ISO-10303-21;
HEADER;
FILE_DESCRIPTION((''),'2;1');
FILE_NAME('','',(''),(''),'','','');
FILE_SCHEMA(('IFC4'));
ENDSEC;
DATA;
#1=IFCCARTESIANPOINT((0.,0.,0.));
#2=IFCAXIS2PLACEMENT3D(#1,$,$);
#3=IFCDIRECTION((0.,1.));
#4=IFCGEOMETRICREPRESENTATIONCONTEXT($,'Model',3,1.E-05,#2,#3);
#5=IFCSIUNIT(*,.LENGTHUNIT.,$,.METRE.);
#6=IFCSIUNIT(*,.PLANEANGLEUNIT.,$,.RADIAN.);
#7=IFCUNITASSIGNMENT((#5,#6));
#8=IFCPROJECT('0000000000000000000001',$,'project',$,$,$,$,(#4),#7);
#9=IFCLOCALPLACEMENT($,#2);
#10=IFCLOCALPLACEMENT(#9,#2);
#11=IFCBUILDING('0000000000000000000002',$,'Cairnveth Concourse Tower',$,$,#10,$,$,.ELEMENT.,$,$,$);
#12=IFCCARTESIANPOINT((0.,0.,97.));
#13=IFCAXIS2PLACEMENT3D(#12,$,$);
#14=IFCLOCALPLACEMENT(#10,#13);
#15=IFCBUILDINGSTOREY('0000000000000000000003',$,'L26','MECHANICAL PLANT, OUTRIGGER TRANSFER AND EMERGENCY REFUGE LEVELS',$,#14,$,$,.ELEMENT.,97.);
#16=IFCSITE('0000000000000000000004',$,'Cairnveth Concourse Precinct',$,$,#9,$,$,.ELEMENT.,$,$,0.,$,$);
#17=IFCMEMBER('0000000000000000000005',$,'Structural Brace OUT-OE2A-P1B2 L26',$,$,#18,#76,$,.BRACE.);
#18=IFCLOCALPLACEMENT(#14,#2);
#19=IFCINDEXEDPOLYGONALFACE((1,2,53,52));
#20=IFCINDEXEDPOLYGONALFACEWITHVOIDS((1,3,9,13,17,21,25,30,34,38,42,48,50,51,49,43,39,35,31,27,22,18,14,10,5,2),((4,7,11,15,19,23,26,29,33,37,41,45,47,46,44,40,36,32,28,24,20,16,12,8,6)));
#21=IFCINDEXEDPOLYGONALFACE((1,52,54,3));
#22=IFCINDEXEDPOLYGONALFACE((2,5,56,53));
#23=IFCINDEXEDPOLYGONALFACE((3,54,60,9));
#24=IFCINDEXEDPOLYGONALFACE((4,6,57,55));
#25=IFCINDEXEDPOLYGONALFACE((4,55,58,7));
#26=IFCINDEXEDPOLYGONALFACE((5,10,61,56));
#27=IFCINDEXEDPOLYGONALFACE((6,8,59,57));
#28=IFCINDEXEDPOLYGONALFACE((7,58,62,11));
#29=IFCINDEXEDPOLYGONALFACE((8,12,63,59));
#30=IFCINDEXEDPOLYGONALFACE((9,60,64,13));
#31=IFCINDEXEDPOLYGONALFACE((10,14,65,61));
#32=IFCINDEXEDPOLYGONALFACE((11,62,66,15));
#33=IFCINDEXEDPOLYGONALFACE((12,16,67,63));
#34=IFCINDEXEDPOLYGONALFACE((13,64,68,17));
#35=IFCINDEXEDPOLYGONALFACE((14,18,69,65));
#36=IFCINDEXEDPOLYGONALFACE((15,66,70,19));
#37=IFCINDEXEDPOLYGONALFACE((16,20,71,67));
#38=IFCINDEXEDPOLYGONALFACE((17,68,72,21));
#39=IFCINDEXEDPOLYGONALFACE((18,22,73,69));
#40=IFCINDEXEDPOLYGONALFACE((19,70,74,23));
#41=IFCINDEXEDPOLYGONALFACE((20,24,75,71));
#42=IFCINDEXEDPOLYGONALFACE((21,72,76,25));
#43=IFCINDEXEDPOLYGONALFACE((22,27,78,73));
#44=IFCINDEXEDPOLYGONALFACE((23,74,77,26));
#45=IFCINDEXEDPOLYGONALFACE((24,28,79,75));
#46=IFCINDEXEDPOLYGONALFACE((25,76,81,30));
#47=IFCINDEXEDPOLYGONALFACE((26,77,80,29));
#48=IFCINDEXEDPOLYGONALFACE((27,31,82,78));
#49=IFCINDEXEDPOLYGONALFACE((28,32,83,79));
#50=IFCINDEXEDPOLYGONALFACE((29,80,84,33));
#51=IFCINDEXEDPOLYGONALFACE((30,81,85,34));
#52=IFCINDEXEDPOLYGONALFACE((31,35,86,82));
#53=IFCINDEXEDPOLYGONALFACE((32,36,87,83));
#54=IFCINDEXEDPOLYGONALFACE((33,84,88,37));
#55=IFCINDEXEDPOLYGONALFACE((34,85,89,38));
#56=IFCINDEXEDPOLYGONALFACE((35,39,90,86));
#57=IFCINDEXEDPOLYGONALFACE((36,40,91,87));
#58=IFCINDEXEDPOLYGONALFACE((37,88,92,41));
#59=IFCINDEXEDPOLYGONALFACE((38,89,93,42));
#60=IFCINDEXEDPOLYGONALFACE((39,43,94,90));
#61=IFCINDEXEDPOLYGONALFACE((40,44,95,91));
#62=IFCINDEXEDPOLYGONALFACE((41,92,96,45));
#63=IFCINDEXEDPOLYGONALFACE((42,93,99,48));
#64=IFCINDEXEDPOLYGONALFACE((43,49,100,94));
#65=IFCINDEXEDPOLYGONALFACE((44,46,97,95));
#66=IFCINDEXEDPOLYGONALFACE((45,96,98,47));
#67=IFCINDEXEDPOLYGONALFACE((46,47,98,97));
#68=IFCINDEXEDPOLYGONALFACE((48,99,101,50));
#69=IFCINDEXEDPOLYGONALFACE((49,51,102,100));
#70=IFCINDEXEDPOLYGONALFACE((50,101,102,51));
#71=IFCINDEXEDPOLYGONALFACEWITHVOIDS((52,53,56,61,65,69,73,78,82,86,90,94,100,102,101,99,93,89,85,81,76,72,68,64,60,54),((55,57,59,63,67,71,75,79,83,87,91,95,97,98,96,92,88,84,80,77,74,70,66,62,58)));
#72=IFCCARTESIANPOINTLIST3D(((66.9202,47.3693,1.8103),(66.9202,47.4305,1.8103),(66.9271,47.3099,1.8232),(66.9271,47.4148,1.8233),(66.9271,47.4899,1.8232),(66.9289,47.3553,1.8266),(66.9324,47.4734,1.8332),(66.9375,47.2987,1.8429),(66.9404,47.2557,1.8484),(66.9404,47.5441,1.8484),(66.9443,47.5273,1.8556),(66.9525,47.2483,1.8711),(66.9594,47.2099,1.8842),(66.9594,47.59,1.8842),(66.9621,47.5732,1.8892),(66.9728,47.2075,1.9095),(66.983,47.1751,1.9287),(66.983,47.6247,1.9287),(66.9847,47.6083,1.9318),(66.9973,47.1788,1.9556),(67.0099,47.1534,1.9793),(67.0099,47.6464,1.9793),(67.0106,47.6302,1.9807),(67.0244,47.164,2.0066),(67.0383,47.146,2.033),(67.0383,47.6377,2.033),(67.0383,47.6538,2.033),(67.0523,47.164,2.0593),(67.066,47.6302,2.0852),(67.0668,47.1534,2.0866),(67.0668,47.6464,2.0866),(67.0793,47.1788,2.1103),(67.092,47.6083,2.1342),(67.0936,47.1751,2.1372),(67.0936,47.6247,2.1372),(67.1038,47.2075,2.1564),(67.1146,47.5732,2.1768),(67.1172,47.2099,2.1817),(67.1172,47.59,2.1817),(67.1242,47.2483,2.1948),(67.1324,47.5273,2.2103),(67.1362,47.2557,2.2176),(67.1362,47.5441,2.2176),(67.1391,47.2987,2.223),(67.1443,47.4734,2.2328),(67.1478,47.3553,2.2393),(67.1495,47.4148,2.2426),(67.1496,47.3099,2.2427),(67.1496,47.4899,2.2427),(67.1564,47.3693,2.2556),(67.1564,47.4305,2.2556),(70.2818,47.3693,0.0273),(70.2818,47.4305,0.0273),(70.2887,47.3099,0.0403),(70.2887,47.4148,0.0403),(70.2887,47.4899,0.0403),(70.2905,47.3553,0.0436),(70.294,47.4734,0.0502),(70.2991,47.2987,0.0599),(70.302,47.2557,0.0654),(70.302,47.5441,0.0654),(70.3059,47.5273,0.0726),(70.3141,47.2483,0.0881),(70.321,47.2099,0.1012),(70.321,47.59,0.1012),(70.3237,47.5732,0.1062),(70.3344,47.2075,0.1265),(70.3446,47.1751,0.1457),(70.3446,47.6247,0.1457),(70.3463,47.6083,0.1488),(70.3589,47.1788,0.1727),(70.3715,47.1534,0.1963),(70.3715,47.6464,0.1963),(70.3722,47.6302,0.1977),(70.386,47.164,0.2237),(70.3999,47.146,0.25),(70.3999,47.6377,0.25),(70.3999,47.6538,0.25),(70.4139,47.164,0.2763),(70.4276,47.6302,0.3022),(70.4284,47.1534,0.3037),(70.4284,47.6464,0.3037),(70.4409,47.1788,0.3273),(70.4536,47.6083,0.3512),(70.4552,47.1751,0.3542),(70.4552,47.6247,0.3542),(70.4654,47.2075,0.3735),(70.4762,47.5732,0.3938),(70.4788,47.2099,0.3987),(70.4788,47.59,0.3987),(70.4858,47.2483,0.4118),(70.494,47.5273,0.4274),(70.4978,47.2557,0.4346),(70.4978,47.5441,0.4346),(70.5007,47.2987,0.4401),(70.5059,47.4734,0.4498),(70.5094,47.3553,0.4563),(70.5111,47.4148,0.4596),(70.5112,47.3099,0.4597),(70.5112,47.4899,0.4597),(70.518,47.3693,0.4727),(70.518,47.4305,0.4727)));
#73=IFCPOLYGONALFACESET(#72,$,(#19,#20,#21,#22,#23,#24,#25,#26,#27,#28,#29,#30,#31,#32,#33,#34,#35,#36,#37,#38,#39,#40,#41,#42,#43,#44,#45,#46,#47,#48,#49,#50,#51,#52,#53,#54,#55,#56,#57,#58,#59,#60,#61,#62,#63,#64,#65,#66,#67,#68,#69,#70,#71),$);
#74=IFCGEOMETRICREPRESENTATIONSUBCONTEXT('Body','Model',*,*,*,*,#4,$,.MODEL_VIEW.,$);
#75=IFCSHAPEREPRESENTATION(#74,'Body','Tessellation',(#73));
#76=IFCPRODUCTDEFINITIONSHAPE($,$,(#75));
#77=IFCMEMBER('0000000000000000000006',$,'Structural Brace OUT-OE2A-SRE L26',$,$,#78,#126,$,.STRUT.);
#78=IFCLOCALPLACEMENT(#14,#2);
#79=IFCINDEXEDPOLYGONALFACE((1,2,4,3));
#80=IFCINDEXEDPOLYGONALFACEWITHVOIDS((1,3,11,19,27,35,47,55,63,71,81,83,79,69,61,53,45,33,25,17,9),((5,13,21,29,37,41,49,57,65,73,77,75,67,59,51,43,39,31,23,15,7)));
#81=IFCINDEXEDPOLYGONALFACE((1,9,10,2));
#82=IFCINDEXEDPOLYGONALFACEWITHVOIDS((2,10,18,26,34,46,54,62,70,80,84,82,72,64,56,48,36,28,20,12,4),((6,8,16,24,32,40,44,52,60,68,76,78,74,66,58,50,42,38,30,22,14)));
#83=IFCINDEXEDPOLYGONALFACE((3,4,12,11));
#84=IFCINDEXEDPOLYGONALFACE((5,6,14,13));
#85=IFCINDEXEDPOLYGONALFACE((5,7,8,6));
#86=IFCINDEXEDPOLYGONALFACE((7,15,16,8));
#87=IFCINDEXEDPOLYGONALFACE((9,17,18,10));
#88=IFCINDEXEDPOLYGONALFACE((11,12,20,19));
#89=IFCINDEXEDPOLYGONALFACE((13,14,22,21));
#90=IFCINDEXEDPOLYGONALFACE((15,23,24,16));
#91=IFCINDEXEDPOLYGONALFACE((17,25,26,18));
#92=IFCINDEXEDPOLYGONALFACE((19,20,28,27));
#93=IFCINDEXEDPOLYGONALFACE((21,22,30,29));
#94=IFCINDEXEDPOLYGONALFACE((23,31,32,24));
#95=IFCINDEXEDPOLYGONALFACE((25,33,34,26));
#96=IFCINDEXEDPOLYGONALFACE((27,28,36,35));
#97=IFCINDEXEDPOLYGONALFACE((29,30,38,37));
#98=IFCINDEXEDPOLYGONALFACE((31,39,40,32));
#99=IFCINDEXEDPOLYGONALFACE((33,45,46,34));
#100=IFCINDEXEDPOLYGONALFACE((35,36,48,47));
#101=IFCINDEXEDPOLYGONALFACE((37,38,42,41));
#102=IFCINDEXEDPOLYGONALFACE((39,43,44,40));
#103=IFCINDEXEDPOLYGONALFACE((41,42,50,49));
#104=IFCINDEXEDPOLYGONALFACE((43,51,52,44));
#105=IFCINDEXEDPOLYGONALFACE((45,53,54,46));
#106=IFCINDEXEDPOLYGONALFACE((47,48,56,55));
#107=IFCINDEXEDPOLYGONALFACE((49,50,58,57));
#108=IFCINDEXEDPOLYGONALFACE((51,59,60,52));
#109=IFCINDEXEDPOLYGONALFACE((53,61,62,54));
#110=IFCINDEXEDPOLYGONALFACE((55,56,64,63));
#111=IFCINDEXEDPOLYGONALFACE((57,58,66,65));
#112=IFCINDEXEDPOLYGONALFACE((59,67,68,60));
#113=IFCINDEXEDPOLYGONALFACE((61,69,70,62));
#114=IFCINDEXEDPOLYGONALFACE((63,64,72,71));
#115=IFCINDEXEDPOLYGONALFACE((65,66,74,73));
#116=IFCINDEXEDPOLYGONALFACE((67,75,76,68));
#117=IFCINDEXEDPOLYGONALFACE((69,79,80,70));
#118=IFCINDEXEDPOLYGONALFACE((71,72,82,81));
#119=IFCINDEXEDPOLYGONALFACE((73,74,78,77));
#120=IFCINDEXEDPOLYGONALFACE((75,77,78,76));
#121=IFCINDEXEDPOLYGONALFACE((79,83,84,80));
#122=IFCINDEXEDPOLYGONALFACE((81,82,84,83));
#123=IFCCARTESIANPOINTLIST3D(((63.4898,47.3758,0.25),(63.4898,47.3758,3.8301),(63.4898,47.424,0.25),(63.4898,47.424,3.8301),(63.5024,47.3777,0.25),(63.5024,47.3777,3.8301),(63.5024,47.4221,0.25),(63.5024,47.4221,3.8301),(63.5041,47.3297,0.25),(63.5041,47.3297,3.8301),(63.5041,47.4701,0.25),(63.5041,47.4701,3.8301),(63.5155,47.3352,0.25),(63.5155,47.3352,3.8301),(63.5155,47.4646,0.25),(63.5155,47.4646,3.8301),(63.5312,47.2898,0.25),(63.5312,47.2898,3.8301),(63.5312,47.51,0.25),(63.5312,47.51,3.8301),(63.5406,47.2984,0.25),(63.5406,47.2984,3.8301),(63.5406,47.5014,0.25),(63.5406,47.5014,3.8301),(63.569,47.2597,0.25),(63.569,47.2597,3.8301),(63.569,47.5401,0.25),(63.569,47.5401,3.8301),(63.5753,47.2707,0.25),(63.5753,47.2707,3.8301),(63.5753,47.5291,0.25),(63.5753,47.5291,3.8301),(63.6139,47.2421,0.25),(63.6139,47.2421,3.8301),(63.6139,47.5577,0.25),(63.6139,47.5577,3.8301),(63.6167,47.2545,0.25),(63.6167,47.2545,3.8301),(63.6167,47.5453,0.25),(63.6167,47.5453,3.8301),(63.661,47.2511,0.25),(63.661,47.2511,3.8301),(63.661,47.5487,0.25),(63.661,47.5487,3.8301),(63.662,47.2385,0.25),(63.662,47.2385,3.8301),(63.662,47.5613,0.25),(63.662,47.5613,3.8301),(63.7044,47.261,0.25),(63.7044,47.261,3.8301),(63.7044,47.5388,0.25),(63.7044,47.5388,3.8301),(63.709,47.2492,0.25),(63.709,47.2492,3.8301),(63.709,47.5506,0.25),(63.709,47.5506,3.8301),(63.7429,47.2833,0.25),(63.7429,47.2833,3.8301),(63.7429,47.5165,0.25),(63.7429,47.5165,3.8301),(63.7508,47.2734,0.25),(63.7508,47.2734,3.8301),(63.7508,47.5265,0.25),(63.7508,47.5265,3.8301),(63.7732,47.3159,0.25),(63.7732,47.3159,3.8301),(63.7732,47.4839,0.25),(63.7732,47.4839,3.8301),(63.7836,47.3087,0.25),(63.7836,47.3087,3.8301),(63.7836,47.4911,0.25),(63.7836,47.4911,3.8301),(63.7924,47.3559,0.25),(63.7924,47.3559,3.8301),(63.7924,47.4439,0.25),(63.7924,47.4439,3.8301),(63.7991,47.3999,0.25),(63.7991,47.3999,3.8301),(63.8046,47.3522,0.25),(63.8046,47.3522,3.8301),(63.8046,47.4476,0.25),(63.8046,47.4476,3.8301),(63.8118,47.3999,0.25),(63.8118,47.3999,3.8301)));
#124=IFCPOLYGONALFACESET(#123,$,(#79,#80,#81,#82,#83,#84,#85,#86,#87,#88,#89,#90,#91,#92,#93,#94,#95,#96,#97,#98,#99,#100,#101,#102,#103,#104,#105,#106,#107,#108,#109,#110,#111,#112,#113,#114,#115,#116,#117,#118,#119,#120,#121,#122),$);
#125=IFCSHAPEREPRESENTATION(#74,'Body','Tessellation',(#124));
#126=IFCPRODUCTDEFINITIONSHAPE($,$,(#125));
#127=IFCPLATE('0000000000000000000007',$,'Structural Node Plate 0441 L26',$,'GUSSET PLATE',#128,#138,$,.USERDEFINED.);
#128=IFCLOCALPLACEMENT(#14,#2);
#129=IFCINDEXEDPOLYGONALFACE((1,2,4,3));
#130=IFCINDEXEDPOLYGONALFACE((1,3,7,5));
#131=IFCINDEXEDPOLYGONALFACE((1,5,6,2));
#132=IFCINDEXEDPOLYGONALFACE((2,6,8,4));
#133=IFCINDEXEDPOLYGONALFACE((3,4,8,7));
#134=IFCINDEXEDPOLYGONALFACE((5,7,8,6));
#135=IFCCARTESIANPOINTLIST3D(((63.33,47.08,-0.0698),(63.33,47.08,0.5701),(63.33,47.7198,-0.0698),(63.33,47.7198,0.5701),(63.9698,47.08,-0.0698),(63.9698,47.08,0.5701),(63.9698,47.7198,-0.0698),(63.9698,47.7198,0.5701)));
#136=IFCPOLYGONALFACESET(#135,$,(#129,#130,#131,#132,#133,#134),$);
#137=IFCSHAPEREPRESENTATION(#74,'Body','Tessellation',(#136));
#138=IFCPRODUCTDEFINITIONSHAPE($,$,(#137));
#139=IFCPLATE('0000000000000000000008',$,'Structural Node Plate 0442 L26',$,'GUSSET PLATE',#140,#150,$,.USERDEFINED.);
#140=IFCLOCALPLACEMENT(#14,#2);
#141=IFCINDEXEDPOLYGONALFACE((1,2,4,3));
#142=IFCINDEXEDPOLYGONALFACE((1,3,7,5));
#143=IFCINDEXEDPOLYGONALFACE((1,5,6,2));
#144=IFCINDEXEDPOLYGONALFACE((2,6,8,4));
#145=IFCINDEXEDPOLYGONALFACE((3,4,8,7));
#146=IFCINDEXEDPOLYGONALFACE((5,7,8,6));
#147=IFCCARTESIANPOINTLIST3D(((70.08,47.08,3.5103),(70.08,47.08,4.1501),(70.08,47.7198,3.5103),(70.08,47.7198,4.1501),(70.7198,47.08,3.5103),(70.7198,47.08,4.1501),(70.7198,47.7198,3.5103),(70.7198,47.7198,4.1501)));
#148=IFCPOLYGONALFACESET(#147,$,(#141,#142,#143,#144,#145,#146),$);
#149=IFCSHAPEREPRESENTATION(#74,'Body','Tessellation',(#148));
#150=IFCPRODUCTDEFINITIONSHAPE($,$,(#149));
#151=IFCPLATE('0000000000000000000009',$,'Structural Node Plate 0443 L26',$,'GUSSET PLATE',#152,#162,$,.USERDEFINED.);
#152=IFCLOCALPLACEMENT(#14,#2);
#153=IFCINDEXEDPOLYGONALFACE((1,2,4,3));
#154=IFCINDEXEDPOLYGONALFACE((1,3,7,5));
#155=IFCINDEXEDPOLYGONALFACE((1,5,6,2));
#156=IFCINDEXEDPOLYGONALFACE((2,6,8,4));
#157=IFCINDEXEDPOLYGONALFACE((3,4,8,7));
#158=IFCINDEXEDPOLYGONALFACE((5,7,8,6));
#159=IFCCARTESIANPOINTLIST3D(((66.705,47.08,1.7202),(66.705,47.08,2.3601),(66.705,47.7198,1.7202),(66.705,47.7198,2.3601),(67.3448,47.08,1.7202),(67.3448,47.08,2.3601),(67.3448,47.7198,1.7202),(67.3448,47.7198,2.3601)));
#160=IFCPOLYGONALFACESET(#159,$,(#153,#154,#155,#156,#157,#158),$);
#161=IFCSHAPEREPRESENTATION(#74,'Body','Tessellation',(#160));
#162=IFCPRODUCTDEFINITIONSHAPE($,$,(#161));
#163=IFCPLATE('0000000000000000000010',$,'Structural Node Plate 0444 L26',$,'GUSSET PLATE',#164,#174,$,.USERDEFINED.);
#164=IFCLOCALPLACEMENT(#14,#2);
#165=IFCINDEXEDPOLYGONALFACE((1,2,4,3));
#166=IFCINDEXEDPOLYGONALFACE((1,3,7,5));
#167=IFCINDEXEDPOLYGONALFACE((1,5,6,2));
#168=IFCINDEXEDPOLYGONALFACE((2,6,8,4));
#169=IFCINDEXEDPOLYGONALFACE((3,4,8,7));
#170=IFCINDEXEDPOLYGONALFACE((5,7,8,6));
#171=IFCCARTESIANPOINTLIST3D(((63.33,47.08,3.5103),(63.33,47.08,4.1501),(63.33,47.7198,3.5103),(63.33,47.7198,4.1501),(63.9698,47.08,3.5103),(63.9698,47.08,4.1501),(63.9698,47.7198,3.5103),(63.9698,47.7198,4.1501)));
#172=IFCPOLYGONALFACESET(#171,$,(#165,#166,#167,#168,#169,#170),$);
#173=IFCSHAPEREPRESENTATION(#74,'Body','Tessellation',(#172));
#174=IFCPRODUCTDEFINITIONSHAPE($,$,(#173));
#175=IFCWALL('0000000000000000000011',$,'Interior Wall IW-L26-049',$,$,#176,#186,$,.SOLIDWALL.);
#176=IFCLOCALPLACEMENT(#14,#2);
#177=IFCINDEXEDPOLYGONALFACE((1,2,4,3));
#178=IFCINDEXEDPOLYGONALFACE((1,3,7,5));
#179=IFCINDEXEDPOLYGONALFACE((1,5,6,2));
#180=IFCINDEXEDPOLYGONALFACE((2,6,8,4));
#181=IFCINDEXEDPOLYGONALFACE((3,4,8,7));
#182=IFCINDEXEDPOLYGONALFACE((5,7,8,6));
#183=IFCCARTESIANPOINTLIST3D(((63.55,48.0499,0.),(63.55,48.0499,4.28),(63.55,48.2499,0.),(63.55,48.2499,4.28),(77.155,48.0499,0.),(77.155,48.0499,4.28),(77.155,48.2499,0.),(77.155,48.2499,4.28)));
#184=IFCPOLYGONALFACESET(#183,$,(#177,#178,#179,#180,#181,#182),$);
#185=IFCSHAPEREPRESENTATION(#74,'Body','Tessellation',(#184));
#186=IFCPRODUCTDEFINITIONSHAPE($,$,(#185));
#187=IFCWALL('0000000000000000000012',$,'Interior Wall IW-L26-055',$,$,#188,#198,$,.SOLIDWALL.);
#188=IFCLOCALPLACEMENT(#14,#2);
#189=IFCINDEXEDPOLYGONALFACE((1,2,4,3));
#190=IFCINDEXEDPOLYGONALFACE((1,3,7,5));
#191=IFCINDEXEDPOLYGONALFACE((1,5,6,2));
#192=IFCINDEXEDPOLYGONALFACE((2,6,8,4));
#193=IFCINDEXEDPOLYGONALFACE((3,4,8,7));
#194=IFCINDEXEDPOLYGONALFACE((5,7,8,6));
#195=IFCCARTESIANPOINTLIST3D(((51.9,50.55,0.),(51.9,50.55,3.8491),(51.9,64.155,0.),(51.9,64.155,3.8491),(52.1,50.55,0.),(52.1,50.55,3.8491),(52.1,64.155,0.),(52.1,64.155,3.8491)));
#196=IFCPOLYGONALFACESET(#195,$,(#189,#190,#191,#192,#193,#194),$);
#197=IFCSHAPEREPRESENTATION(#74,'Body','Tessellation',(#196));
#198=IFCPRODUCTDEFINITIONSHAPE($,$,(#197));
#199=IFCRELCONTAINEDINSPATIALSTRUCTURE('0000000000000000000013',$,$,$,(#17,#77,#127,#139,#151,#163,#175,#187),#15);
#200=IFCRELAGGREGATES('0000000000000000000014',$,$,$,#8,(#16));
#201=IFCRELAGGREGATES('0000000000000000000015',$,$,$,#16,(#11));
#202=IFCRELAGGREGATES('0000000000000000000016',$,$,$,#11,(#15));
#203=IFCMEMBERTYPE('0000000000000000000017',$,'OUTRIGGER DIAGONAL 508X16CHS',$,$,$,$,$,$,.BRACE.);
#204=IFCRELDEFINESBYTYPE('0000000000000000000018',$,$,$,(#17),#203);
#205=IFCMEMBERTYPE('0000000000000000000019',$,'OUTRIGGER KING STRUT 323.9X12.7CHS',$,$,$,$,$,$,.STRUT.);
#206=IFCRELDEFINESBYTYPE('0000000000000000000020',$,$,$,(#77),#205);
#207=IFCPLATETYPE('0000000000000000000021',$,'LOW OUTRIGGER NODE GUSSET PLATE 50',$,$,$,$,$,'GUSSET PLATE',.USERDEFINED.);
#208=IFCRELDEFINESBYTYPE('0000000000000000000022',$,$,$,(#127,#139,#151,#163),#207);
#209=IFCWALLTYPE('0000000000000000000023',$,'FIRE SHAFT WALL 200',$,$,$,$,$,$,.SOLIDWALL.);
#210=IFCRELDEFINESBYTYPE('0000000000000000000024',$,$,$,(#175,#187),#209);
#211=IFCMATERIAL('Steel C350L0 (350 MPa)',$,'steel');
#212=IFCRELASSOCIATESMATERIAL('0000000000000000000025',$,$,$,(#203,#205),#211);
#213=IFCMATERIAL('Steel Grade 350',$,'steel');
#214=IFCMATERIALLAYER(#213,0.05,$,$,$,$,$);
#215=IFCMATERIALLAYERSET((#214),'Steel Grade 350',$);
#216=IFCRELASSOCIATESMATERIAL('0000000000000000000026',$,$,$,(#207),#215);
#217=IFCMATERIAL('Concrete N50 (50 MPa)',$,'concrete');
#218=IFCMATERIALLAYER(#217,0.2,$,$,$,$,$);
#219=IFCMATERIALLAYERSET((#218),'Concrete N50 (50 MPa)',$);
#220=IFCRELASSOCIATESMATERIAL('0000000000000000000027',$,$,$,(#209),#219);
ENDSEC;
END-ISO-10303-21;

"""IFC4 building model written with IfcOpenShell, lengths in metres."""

from ifc_helpers import new_model, si_unit, direction, frame, frame_2d, origin, origin_2d, place, context, subcontext, project, spatial, rectangle, hollow_circle, extrude, material, layer, layer_set, material_profile, profile_set, type_object, element, save


model = new_model("IFC4")

# Units and contexts
model_context = context("Model", 3, precision=1e-05, world=origin(), true_north=direction((0.0, 1.0)))
body_context = subcontext(model_context, "Body", "Model", "MODEL_VIEW")
ifc_project = project(units=[si_unit("LENGTHUNIT", "METRE"), si_unit("PLANEANGLEUNIT", "RADIAN")], contexts=[model_context])

# Site, building, storey
site_placement = place(None, origin())
site = spatial("IfcSite", under=ifc_project, at=site_placement, Name="Cairnveth Concourse Precinct", CompositionType="ELEMENT", RefElevation=0.0)
building_placement = place(site_placement, origin())
building = spatial("IfcBuilding", under=site, at=building_placement, Name="Cairnveth Concourse Tower", CompositionType="ELEMENT")
storey_placement = place(building_placement, frame((0.0, 0.0, 97.0)))
storey = spatial("IfcBuildingStorey", under=building, at=storey_placement, Name="L26", Description="MECHANICAL PLANT, OUTRIGGER TRANSFER AND EMERGENCY REFUGE LEVELS", CompositionType="ELEMENT", Elevation=97.0)

# Shared definitions
ifc_material_1 = material(Name="Steel C350L0 (350 MPa)", Category="steel")

# Shared definitions
ifc_material_2 = material(Name="Steel Grade 350", Category="steel")

# Members
ifc_material_profile_1 = material_profile(ifc_material_1, hollow_circle(Radius=0.2539, WallThickness=0.0161, at=origin_2d()), Name="508.0x16.0CHS")
ifc_profile_set_1 = profile_set([ifc_material_profile_1], Name="Steel C350L0 (350 MPa)")
member_type_1 = type_object("IfcMemberType", Name="OUTRIGGER DIAGONAL 508X16CHS", PredefinedType="BRACE", material=ifc_profile_set_1)
member_1_placement = place(storey_placement, frame((67.0383, 47.3999, 2.033), z_axis=(0.883429, 0.0, -0.468566), x_axis=(0.0, 1.0, 0.0)))
element("IfcMember", 1, at=member_1_placement, inside=storey, type_object=member_type_1, Name="Structural Brace OUT-OE2A-P1B2 L26", PredefinedType="BRACE", context=body_context, shape_type="SweptSolid", body=[
    extrude(hollow_circle(Radius=0.2539, WallThickness=0.0161, at=origin_2d()), origin(), (0.0, 0.0, 1.0), 3.8052),
])
ifc_material_profile_2 = material_profile(ifc_material_1, hollow_circle(Radius=0.1619, WallThickness=0.0127, at=origin_2d()), Name="323.9x12.7CHS")
ifc_profile_set_2 = profile_set([ifc_material_profile_2], Name="Steel C350L0 (350 MPa)")
member_type_2 = type_object("IfcMemberType", Name="OUTRIGGER KING STRUT 323.9X12.7CHS", PredefinedType="STRUT", material=ifc_profile_set_2)
member_2_placement = place(storey_placement, frame((63.6499, 47.3999, 0.25), z_axis=(0.0, 0.0, 1.0), x_axis=(1.0, 0.0, 0.0)))
element("IfcMember", 2, at=member_2_placement, inside=storey, type_object=member_type_2, Name="Structural Brace OUT-OE2A-SRE L26", PredefinedType="STRUT", context=body_context, shape_type="SweptSolid", body=[
    extrude(hollow_circle(Radius=0.1619, WallThickness=0.0127, at=origin_2d()), origin(), (0.0, 0.0, 1.0), 3.5801),
])

# Plates
ifc_layer_1 = layer(ifc_material_2, 0.05)
ifc_layer_set_1 = layer_set([ifc_layer_1], Name="Steel Grade 350")
plate_type = type_object("IfcPlateType", Name="LOW OUTRIGGER NODE GUSSET PLATE 50", ElementType="GUSSET PLATE", PredefinedType="USERDEFINED", material=ifc_layer_set_1)
for number, where, z_axis, x_axis, name in (
    (3, (63.6499, 47.3999, -0.0698), (0.0, 0.0, 1.0), (1.0, 0.0, 0.0), "Structural Node Plate 0441 L26"),
    (4, (70.3999, 47.3999, 3.5103), (0.0, 0.0, 1.0), (1.0, 0.0, 0.0), "Structural Node Plate 0442 L26"),
    (5, (67.0249, 47.3999, 1.7202), (0.0, 0.0, 1.0), (1.0, 0.0, 0.0), "Structural Node Plate 0443 L26"),
    (6, (63.6499, 47.3999, 3.5103), (0.0, 0.0, 1.0), (1.0, 0.0, 0.0), "Structural Node Plate 0444 L26"),
):
    element("IfcPlate", number, at=place(storey_placement, frame(where, z_axis=z_axis, x_axis=x_axis)), inside=storey, type_object=plate_type, Name=name, ObjectType="GUSSET PLATE", PredefinedType="USERDEFINED", context=body_context, shape_type="SweptSolid", body=[
        extrude(rectangle(XDim=0.6399, YDim=0.6399, at=origin_2d()), origin(), (0.0, 0.0, 1.0), 0.6399),
    ])

# Walls
ifc_material_3 = material(Name="Concrete N50 (50 MPa)", Category="concrete")
ifc_layer_2 = layer(ifc_material_3, 0.2)
ifc_layer_set_2 = layer_set([ifc_layer_2], Name="Concrete N50 (50 MPa)")
wall_type = type_object("IfcWallType", Name="FIRE SHAFT WALL 200", PredefinedType="SOLIDWALL", material=ifc_layer_set_2)
wall_placement = place(storey_placement, frame((63.55, 48.1499, 0.0), z_axis=(0.0, 0.0, 1.0), x_axis=(1.0, 0.0, 0.0)))
element("IfcWall", 7, at=wall_placement, inside=storey, type_object=wall_type, Name="Interior Wall IW-L26-049", PredefinedType="SOLIDWALL", context=body_context, shape_type="SweptSolid", body=[
    extrude(rectangle(XDim=13.605, YDim=0.2, at=frame_2d((6.8025, 0.0))), origin(), (0.0, 0.0, 1.0), 4.28),
])
for number, where, z_axis, x_axis, name in (
    (8, (52.0, 50.55, 0.0), (0.0, 0.0, 1.0), (0.0, 1.0, 0.0), "Interior Wall IW-L26-055"),
):
    element("IfcWall", number, at=place(storey_placement, frame(where, z_axis=z_axis, x_axis=x_axis)), inside=storey, type_object=wall_type, Name=name, PredefinedType="SOLIDWALL", context=body_context, shape_type="SweptSolid", body=[
        extrude(rectangle(XDim=13.605, YDim=0.2, at=frame_2d((6.8025, 0.0))), origin(), (0.0, 0.0, 1.0), 3.8491),
    ])

save(model, "model.ifc")
